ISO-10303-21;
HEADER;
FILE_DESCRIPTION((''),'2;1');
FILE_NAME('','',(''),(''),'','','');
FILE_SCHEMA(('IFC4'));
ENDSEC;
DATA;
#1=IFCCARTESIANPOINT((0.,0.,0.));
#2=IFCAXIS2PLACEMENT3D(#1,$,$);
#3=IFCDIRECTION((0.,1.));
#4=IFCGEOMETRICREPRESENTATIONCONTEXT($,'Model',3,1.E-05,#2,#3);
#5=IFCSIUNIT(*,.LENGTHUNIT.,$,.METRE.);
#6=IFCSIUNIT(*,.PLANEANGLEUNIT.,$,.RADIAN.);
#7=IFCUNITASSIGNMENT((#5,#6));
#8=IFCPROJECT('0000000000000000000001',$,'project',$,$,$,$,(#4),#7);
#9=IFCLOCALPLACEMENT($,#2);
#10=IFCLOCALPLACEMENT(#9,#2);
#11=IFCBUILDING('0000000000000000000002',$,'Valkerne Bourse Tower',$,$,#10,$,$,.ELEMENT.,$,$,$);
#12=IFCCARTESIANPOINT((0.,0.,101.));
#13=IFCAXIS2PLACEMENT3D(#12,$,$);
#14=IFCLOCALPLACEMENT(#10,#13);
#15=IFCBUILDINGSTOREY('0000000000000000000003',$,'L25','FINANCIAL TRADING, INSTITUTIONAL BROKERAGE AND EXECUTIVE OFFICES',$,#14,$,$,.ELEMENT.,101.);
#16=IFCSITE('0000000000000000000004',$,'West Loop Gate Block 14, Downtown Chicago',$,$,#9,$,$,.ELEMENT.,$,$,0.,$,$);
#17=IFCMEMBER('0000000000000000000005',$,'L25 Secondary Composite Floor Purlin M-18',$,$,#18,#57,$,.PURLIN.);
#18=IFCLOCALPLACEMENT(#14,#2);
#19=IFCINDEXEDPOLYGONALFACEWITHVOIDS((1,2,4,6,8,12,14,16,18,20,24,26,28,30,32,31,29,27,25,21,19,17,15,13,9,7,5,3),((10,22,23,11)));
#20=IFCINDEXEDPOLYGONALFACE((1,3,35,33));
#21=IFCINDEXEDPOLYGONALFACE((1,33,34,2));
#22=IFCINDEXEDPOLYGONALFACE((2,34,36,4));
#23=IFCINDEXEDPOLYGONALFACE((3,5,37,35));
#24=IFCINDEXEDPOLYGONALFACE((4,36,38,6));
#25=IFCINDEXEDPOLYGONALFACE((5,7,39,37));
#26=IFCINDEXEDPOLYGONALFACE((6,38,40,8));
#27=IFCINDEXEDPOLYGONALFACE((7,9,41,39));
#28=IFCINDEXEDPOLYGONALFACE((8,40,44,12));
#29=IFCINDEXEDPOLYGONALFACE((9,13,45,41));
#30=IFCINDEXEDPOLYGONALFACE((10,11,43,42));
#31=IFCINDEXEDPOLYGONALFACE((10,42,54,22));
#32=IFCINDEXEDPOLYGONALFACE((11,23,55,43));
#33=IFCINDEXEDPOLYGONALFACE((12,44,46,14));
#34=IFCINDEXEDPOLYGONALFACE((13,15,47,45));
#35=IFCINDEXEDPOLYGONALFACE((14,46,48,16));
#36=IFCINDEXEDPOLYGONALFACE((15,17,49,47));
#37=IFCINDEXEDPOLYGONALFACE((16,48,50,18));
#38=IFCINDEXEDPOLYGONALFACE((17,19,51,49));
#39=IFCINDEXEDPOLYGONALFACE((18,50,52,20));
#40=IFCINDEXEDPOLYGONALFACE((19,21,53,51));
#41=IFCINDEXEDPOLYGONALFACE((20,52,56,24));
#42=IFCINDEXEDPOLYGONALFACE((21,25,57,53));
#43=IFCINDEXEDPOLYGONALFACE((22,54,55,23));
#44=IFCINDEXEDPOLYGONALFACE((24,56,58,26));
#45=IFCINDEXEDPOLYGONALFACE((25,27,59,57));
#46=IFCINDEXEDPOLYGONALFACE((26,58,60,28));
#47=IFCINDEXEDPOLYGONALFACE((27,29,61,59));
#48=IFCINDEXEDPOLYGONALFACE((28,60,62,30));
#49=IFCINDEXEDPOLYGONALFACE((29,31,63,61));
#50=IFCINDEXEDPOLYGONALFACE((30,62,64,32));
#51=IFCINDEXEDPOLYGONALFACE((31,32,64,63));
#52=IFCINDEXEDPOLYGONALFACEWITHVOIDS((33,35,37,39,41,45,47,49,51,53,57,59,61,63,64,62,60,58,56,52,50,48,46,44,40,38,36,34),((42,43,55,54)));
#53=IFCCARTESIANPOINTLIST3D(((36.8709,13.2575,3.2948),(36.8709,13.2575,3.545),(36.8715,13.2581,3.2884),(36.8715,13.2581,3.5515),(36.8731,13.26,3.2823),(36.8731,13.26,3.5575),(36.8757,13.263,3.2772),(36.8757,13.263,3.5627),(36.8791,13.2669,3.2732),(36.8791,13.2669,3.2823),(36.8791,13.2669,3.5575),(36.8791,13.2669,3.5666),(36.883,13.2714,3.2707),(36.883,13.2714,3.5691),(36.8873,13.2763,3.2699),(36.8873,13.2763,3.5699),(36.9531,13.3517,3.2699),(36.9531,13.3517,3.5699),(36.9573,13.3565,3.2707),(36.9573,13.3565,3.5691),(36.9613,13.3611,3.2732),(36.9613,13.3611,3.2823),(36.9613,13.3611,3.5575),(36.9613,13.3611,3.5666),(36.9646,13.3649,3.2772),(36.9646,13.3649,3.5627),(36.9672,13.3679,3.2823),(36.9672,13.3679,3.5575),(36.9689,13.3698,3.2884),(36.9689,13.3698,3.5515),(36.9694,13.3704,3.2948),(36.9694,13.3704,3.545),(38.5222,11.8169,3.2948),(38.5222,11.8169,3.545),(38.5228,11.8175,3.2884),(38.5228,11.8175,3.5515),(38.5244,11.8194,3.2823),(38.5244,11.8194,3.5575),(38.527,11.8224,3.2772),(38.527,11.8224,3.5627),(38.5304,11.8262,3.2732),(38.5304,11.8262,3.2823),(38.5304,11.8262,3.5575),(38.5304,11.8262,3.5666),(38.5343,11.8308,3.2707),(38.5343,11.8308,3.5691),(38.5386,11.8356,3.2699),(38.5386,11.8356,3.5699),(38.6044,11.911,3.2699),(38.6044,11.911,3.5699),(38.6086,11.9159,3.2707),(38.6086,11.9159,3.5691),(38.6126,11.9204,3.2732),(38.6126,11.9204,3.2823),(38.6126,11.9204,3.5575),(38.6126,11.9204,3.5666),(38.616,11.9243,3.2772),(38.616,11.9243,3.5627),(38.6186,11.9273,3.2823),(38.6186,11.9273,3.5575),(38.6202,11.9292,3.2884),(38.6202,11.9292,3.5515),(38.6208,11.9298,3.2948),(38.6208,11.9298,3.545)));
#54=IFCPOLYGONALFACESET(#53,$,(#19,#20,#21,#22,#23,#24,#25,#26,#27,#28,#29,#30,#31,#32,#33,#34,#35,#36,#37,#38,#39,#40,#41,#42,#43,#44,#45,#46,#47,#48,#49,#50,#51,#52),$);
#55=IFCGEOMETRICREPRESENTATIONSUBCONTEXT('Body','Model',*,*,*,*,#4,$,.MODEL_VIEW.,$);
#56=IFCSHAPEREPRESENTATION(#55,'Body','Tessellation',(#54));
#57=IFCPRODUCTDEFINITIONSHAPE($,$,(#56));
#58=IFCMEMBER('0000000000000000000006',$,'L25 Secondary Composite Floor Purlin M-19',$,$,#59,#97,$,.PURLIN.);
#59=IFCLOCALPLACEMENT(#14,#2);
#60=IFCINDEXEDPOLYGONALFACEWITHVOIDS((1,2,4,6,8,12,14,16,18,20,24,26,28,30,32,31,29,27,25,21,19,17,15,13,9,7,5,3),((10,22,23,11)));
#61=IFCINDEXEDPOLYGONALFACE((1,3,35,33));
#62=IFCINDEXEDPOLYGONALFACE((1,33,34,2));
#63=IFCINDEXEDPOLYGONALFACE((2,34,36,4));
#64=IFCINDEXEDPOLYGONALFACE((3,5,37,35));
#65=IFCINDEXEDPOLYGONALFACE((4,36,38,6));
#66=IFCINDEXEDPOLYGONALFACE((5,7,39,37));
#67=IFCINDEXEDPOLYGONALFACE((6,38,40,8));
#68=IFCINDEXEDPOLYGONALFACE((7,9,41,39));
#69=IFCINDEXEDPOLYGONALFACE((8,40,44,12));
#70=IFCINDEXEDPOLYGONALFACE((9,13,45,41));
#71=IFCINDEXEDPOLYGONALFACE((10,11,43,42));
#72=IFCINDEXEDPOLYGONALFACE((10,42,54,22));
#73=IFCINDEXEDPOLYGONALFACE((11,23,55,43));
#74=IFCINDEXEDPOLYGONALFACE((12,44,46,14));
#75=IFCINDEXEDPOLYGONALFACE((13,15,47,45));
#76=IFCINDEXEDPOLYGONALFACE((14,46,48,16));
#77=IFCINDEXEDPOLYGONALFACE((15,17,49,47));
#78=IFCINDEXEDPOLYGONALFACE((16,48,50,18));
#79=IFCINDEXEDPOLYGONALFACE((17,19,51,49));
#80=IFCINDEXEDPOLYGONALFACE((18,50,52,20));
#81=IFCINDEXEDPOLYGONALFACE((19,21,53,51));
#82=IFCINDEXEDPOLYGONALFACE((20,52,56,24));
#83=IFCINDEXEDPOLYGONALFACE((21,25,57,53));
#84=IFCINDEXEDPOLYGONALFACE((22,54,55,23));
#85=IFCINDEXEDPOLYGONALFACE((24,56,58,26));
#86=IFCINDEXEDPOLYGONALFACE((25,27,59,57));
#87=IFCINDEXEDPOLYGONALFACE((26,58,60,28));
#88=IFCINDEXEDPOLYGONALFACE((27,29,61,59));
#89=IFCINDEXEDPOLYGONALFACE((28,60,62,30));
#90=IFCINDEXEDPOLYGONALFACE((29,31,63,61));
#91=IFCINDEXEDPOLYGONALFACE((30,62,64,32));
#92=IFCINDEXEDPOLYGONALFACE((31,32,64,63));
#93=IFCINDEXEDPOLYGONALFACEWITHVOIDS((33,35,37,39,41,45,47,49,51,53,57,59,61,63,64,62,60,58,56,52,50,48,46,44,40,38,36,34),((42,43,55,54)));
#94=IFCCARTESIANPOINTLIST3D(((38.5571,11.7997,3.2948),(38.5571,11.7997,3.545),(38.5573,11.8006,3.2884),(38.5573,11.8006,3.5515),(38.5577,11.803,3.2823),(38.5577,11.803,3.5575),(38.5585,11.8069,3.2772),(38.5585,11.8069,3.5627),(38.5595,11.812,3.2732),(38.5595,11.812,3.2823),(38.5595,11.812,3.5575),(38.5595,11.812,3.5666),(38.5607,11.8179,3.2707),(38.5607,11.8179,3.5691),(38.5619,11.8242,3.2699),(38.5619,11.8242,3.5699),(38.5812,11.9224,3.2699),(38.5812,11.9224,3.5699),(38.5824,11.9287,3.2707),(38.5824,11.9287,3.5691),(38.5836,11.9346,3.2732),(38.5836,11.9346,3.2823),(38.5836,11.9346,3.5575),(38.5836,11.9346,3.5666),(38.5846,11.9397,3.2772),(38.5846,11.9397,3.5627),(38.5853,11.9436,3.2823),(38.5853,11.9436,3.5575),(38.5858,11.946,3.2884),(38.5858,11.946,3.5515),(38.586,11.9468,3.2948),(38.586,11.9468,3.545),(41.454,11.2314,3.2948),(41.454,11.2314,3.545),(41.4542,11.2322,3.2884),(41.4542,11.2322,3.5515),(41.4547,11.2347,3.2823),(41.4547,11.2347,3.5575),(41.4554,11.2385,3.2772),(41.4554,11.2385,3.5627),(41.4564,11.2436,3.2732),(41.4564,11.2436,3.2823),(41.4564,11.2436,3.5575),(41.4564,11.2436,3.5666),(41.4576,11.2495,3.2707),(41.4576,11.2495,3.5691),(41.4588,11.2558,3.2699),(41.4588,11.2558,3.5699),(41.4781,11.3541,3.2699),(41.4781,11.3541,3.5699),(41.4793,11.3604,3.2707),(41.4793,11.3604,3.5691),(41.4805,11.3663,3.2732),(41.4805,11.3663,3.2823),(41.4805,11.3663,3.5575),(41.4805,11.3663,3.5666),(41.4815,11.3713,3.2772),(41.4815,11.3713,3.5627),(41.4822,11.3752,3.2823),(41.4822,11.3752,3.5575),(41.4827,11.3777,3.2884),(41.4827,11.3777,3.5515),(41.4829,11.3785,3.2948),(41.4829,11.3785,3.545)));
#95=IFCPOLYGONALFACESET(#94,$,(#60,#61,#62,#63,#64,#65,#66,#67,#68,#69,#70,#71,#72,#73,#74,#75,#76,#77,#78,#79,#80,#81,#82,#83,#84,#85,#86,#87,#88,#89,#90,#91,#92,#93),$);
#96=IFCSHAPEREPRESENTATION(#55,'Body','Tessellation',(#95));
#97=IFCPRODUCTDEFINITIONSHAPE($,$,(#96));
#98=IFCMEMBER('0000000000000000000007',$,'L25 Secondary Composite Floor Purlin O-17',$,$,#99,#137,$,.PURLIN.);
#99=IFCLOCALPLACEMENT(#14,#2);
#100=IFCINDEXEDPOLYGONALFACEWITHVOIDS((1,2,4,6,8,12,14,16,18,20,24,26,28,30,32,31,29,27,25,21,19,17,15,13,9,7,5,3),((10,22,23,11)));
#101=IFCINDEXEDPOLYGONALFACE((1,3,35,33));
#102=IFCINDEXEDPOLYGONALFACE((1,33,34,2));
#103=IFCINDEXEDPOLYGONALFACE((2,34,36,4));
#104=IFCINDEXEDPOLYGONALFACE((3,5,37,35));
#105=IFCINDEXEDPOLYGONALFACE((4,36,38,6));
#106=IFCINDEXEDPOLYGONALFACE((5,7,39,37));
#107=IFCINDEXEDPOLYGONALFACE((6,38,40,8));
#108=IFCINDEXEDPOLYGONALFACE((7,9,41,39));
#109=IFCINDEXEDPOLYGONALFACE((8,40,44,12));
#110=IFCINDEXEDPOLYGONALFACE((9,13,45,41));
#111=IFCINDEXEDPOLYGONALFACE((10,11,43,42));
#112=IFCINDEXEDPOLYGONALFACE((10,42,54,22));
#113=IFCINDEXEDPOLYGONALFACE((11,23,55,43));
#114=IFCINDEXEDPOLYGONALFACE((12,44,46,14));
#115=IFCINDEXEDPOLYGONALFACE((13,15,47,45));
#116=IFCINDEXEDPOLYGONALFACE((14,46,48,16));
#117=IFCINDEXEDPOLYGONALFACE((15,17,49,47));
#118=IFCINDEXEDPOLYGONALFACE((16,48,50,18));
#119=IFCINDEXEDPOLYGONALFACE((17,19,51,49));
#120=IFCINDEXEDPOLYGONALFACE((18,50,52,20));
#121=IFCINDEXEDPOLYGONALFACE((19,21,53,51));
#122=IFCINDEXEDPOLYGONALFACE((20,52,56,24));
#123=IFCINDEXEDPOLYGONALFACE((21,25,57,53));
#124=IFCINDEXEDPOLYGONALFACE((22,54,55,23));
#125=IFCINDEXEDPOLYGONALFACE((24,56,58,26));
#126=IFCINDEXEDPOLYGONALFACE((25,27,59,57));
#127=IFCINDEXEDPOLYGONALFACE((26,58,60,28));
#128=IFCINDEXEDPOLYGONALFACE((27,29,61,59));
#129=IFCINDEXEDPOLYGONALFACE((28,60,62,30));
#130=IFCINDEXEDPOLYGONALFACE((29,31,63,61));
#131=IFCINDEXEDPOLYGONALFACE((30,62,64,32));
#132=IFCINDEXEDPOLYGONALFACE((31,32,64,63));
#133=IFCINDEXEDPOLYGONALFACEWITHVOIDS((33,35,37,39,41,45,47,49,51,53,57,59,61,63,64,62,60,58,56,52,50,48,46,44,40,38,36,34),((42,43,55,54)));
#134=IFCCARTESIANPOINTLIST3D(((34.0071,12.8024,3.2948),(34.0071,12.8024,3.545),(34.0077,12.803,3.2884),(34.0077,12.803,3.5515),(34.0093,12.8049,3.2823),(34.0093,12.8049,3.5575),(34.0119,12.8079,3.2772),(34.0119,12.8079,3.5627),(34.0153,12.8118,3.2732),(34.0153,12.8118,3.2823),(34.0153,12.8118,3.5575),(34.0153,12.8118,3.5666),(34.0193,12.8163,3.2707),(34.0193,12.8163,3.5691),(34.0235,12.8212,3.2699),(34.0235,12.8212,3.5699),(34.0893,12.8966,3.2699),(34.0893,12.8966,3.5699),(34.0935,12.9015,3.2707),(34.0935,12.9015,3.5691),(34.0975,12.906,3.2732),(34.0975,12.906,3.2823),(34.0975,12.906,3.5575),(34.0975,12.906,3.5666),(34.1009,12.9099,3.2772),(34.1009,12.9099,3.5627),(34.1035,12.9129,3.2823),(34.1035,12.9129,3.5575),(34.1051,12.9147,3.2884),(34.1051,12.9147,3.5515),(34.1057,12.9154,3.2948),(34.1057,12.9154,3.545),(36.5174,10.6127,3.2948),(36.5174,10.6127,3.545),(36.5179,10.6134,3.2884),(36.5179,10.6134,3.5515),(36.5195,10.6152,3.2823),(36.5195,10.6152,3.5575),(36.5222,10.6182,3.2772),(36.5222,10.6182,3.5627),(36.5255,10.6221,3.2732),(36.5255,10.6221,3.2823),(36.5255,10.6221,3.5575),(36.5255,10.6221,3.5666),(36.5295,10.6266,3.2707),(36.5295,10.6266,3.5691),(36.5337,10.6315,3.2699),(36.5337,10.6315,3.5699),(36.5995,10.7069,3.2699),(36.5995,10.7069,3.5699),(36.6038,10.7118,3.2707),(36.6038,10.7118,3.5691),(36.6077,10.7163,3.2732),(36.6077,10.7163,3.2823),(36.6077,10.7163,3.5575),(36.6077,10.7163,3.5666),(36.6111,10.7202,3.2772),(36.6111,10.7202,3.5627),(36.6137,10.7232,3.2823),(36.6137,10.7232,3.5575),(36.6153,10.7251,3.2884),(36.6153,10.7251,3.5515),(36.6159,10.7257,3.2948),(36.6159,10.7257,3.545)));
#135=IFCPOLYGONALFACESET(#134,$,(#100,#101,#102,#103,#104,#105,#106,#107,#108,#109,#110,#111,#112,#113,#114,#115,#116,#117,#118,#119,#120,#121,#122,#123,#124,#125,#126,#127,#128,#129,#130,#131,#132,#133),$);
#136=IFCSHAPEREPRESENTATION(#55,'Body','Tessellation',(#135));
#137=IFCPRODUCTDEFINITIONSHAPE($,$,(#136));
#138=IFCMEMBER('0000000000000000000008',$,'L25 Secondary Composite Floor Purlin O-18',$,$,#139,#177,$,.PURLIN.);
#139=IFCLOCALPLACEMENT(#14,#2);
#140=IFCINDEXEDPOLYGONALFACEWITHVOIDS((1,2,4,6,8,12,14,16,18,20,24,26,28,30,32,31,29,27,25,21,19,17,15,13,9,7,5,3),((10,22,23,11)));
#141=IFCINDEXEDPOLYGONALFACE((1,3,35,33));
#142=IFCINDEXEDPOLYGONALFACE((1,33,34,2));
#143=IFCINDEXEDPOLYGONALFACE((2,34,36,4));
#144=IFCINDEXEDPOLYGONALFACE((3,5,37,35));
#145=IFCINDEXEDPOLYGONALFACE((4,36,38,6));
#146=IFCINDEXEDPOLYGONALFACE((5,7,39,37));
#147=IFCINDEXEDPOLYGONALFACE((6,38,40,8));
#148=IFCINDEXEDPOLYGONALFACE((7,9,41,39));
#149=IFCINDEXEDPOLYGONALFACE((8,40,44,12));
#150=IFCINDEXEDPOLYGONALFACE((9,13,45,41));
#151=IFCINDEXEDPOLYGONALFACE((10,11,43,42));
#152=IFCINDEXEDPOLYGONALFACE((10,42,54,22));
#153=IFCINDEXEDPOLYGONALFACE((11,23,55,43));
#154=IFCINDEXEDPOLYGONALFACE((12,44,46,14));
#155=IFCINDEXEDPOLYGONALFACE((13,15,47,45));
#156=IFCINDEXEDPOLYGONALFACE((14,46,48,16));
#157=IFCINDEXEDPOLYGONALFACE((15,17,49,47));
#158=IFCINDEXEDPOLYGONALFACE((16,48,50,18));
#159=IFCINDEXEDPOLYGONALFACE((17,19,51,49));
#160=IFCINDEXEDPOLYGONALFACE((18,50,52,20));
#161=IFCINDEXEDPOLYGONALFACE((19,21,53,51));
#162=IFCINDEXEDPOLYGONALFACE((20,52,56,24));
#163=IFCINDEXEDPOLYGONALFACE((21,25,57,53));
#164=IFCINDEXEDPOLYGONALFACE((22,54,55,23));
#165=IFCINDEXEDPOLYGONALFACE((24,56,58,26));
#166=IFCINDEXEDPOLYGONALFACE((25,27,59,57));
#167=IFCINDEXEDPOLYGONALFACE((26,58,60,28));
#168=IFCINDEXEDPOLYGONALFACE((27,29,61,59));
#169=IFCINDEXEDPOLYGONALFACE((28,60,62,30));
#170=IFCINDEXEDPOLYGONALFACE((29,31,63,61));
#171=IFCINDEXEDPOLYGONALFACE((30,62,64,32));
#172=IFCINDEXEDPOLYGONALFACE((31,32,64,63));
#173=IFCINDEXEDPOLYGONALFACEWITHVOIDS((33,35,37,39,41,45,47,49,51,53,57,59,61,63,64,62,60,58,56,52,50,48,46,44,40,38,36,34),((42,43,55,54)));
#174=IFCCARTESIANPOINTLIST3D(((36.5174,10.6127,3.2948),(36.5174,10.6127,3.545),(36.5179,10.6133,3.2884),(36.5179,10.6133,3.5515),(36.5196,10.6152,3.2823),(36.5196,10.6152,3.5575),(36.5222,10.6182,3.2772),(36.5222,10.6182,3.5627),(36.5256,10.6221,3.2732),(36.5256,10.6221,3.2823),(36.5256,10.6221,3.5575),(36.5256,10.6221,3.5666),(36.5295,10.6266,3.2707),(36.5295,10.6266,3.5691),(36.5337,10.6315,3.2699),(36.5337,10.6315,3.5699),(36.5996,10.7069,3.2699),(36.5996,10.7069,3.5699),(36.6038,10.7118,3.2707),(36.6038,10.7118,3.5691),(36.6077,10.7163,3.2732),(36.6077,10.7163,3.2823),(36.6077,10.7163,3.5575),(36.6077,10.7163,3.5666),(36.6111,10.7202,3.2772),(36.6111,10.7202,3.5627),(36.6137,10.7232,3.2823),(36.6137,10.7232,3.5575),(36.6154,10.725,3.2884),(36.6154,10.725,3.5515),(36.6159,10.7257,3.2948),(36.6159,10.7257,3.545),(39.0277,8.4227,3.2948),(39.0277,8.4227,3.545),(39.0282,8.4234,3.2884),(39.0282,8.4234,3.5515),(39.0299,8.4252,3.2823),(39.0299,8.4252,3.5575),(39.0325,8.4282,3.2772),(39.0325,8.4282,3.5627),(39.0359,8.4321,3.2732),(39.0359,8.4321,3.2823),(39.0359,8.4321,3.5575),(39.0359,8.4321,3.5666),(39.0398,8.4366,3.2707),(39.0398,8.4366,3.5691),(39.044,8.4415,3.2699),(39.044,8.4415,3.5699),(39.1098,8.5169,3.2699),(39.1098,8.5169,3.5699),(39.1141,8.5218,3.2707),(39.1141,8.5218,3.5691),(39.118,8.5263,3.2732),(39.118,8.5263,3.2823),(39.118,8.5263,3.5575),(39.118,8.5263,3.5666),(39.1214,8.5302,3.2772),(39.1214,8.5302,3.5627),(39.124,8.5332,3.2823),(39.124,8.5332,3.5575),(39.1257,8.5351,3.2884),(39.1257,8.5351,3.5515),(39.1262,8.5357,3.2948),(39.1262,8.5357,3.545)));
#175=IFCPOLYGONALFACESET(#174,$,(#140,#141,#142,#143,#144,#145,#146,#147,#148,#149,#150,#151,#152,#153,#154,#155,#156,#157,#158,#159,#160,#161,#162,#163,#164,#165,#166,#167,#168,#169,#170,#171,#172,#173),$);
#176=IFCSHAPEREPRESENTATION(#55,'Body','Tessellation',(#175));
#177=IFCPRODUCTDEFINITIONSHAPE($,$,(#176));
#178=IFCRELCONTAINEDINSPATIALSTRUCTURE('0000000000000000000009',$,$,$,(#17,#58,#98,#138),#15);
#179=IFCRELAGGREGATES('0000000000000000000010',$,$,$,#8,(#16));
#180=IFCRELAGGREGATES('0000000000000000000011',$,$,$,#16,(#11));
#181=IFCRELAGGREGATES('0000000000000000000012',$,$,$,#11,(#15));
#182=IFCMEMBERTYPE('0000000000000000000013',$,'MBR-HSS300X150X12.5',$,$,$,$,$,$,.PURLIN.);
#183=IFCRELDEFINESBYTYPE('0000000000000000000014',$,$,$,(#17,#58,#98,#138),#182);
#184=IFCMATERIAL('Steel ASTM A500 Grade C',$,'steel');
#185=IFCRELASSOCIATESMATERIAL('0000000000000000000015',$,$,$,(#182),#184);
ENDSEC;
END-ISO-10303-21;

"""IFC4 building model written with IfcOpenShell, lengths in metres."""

from ifc_helpers import new_model, si_unit, direction, frame, origin, origin_2d, place, context, subcontext, project, spatial, hollow_rectangle, extrude, material, material_profile, profile_set, type_object, element, save


model = new_model("IFC4")

# Units and contexts
model_context = context("Model", 3, precision=1e-05, world=origin(), true_north=direction((0.0, 1.0)))
body_context = subcontext(model_context, "Body", "Model", "MODEL_VIEW")
ifc_project = project(units=[si_unit("LENGTHUNIT", "METRE"), si_unit("PLANEANGLEUNIT", "RADIAN")], contexts=[model_context])

# Site, building, storey
site_placement = place(None, origin())
site = spatial("IfcSite", under=ifc_project, at=site_placement, Name="West Loop Gate Block 14, Downtown Chicago", CompositionType="ELEMENT", RefElevation=0.0)
building_placement = place(site_placement, origin())
building = spatial("IfcBuilding", under=site, at=building_placement, Name="Valkerne Bourse Tower", CompositionType="ELEMENT")
storey_placement = place(building_placement, frame((0.0, 0.0, 101.0)))
storey = spatial("IfcBuildingStorey", under=building, at=storey_placement, Name="L25", Description="FINANCIAL TRADING, INSTITUTIONAL BROKERAGE AND EXECUTIVE OFFICES", CompositionType="ELEMENT", Elevation=101.0)

# Members
ifc_material_1 = material(Name="Steel ASTM A500 Grade C", Category="steel")
ifc_material_profile_1 = material_profile(ifc_material_1, hollow_rectangle(XDim=0.1499, YDim=0.3, WallThickness=0.0125, OuterFilletRadius=0.0249, at=origin_2d()), Name="HSS300X150X12.5")
ifc_profile_set_1 = profile_set([ifc_material_profile_1], Name="Steel ASTM A500 Grade C")
member_type_1 = type_object("IfcMemberType", Name="MBR-HSS300X150X12.5", PredefinedType="PURLIN", material=ifc_profile_set_1)
for number, where, z_axis, x_axis, name in (
    (1, (36.9202, 13.314, 3.4199), (0.753542, -0.6574, 0.0), (0.6574, 0.753542, 0.0), "L25 Secondary Composite Floor Purlin M-18"),
):
    element("IfcMember", number, at=place(storey_placement, frame(where, z_axis=z_axis, x_axis=x_axis)), inside=storey, type_object=member_type_1, Name=name, PredefinedType="PURLIN", context=body_context, shape_type="SweptSolid", body=[
        extrude(hollow_rectangle(XDim=0.1499, YDim=0.3, WallThickness=0.0125, OuterFilletRadius=0.0249, at=origin_2d()), origin(), (0.0, 0.0, 1.0), 2.1914),
    ])
member_1_placement = place(storey_placement, frame((38.5715, 11.8733, 3.4199), z_axis=(0.981293, -0.192521, 0.0), x_axis=(0.192521, 0.981293, 0.0)))
element("IfcMember", 2, at=member_1_placement, inside=storey, type_object=member_type_1, Name="L25 Secondary Composite Floor Purlin M-19", PredefinedType="PURLIN", context=body_context, shape_type="SweptSolid", body=[
    extrude(hollow_rectangle(XDim=0.1499, YDim=0.3, WallThickness=0.0125, OuterFilletRadius=0.0249, at=origin_2d()), origin(), (0.0, 0.0, 1.0), 2.9521),
])
member_2_placement = place(storey_placement, frame((34.0564, 12.8589, 3.4199), z_axis=(0.753584, -0.657352, 0.0), x_axis=(0.657352, 0.753584, 0.0)))
element("IfcMember", 3, at=member_2_placement, inside=storey, type_object=member_type_1, Name="L25 Secondary Composite Floor Purlin O-17", PredefinedType="PURLIN", context=body_context, shape_type="SweptSolid", body=[
    extrude(hollow_rectangle(XDim=0.1499, YDim=0.3, WallThickness=0.0125, OuterFilletRadius=0.0249, at=origin_2d()), origin(), (0.0, 0.0, 1.0), 3.3311),
])
member_3_placement = place(storey_placement, frame((36.5667, 10.6692, 3.4199), z_axis=(0.753547, -0.657394, 0.0), x_axis=(0.657394, 0.753547, 0.0)))
element("IfcMember", 4, at=member_3_placement, inside=storey, type_object=member_type_1, Name="L25 Secondary Composite Floor Purlin O-18", PredefinedType="PURLIN", context=body_context, shape_type="SweptSolid", body=[
    extrude(hollow_rectangle(XDim=0.1499, YDim=0.3, WallThickness=0.0125, OuterFilletRadius=0.0249, at=origin_2d()), origin(), (0.0, 0.0, 1.0), 3.3313),
])

save(model, "model.ifc")
